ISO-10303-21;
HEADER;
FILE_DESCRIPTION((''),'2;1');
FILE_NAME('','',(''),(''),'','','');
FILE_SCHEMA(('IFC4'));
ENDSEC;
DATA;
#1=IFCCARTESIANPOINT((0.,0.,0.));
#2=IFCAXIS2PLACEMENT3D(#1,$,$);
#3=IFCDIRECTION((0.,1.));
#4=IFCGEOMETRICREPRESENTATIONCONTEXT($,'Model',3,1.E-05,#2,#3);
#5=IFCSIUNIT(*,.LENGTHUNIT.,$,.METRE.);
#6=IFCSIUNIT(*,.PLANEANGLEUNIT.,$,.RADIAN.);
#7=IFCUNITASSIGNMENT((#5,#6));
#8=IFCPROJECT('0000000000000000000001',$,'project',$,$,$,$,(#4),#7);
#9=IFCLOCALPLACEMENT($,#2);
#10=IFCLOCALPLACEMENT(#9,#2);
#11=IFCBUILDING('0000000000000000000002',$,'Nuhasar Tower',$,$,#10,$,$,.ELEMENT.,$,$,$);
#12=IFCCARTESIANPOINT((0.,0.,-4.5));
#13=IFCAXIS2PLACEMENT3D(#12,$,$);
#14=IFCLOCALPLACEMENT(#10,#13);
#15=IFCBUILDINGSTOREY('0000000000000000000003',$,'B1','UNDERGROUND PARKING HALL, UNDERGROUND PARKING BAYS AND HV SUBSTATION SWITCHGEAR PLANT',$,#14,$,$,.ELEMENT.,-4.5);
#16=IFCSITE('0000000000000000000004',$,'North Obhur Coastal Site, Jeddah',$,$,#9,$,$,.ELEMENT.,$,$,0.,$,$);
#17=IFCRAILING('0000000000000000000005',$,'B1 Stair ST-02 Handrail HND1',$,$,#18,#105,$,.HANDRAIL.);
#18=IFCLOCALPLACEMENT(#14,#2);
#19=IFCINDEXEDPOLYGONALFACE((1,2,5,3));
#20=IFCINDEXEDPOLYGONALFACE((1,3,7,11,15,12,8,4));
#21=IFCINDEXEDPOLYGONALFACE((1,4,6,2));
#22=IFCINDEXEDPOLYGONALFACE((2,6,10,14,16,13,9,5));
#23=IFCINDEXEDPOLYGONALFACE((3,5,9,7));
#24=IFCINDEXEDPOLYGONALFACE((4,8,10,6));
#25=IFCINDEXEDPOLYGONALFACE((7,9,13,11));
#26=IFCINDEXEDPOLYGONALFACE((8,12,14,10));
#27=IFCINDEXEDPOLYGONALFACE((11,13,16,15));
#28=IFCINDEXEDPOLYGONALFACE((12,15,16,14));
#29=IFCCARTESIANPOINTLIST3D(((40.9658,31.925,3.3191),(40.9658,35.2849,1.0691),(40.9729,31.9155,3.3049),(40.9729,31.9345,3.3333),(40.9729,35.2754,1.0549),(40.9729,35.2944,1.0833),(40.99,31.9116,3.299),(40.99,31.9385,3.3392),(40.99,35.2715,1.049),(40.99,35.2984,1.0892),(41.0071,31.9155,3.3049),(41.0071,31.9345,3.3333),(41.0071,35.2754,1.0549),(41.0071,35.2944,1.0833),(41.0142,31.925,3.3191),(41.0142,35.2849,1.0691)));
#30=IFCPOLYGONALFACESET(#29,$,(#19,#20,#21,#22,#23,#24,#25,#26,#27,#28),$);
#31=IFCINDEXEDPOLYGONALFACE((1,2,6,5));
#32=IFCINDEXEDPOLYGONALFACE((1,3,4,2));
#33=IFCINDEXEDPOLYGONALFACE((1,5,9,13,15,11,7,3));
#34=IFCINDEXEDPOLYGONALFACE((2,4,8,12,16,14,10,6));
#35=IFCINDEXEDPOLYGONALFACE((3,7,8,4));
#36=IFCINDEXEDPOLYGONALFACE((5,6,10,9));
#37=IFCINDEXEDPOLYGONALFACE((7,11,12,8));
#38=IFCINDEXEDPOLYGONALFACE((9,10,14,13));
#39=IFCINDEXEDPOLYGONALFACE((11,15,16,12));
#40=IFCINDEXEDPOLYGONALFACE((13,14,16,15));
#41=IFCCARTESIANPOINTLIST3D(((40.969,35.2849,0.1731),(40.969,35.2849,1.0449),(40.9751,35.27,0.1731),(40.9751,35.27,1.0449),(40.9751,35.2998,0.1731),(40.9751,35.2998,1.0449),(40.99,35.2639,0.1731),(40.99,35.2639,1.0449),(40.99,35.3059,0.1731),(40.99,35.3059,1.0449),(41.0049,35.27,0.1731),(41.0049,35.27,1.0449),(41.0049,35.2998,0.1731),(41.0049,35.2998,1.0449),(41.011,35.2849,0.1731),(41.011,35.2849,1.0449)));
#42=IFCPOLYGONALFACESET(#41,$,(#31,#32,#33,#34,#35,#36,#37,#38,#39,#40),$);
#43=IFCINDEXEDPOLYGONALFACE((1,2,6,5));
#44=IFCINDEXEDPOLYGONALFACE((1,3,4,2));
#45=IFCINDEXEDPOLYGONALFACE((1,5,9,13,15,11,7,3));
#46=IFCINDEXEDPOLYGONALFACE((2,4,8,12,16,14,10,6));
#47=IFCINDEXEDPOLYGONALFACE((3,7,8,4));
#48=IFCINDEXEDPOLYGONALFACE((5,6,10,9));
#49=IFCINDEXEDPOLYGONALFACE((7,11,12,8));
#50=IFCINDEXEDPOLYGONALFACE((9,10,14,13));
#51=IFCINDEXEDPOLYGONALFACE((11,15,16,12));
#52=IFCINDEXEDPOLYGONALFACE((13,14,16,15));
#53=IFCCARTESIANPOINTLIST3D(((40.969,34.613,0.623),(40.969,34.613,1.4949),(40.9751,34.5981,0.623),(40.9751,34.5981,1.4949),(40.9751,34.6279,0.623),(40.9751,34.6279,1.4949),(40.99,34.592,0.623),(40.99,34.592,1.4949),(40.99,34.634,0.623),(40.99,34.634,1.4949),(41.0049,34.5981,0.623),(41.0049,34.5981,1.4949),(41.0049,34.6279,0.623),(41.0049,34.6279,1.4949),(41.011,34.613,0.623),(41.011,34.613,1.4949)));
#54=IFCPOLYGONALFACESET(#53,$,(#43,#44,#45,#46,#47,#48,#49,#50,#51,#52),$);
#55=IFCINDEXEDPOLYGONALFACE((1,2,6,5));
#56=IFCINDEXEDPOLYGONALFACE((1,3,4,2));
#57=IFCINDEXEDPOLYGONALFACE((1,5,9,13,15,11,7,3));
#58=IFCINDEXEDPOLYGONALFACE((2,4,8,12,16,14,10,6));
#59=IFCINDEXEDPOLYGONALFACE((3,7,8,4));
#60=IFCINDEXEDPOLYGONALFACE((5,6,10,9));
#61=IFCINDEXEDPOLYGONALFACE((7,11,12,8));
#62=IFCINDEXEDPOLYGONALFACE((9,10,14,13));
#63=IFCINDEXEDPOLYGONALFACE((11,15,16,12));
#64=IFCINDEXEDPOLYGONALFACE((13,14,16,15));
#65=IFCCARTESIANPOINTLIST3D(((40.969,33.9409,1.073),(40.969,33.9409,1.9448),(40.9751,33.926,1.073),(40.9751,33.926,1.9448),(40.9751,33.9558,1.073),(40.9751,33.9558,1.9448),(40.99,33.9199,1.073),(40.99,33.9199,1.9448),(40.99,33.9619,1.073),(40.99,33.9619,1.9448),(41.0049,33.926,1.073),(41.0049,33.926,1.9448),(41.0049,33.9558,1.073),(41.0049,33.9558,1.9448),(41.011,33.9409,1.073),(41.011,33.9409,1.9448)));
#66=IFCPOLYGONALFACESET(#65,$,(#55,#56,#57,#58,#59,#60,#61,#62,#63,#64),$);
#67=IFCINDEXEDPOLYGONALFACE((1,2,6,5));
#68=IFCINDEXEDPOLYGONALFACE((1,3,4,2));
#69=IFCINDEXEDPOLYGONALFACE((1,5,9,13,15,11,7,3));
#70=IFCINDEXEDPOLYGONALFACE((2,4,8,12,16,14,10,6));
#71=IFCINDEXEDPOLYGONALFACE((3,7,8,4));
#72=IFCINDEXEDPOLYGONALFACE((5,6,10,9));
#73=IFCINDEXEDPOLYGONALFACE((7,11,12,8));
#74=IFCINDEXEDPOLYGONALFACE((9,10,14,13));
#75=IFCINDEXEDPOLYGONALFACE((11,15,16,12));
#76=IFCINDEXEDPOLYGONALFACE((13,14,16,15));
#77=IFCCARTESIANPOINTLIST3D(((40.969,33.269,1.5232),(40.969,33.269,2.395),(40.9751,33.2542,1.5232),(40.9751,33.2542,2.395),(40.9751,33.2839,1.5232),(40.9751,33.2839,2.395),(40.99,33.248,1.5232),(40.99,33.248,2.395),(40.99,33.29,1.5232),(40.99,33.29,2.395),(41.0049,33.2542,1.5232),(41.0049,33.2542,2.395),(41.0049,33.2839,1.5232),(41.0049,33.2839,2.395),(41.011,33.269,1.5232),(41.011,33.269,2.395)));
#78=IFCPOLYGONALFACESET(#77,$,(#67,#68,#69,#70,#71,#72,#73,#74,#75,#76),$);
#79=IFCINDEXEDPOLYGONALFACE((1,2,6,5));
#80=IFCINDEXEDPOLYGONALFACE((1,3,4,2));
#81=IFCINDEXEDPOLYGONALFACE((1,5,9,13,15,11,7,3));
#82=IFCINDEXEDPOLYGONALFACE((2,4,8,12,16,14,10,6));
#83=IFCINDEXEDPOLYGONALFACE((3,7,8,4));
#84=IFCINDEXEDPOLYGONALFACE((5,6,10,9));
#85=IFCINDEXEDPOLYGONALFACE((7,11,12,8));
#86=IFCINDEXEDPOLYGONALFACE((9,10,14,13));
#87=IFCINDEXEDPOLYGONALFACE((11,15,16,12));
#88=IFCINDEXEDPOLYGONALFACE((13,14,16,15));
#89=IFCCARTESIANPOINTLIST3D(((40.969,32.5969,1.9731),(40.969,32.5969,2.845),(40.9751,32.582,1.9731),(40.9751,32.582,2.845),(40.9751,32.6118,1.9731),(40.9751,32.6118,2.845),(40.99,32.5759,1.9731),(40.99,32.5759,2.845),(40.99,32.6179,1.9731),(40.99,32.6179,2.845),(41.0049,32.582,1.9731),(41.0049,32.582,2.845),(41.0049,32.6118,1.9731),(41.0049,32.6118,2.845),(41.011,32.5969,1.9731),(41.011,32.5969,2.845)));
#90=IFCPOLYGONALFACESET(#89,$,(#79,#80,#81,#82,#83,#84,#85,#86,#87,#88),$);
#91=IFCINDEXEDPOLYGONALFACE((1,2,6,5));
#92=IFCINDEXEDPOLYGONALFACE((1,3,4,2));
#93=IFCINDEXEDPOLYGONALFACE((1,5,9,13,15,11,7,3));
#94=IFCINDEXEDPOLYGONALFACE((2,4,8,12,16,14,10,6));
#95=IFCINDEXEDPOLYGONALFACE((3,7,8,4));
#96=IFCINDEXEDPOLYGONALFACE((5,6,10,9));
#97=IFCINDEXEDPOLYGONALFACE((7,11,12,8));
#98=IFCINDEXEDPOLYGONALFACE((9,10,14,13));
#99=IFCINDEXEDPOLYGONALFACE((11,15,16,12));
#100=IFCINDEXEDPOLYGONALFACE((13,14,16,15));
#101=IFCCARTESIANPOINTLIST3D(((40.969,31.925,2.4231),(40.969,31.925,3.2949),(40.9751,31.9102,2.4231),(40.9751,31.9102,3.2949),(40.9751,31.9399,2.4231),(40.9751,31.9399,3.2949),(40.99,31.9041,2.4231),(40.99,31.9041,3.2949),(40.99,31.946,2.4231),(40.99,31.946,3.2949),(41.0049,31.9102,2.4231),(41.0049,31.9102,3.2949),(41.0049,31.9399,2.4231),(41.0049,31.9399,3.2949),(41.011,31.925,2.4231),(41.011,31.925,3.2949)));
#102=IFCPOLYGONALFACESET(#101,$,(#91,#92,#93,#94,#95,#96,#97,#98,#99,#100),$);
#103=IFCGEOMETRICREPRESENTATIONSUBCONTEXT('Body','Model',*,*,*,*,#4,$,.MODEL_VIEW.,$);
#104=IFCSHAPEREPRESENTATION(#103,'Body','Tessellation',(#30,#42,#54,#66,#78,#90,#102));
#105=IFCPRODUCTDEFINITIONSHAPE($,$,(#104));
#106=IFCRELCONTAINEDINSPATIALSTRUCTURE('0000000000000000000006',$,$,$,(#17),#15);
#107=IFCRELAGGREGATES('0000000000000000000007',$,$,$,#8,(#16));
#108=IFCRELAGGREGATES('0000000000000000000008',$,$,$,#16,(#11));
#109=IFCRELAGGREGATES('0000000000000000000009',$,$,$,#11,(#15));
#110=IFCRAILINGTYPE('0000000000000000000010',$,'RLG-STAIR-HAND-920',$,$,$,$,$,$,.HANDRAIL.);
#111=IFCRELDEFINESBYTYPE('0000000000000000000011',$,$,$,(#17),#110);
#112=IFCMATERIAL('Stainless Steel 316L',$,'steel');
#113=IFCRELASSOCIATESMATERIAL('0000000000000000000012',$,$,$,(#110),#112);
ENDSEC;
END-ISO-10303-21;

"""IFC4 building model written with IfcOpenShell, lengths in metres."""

from ifc_helpers import new_model, si_unit, direction, frame, origin, place, context, subcontext, project, spatial, polyline, outline, extrude, material, type_object, element, save


model = new_model("IFC4")

# Units and contexts
model_context = context("Model", 3, precision=1e-05, world=origin(), true_north=direction((0.0, 1.0)))
body_context = subcontext(model_context, "Body", "Model", "MODEL_VIEW")
ifc_project = project(units=[si_unit("LENGTHUNIT", "METRE"), si_unit("PLANEANGLEUNIT", "RADIAN")], contexts=[model_context])

# Site, building, storey
site_placement = place(None, origin())
site = spatial("IfcSite", under=ifc_project, at=site_placement, Name="North Obhur Coastal Site, Jeddah", CompositionType="ELEMENT", RefElevation=0.0)
building_placement = place(site_placement, origin())
building = spatial("IfcBuilding", under=site, at=building_placement, Name="Nuhasar Tower", CompositionType="ELEMENT")
storey_placement = place(building_placement, frame((0.0, 0.0, -4.5)))
storey = spatial("IfcBuildingStorey", under=building, at=storey_placement, Name="B1", Description="UNDERGROUND PARKING HALL, UNDERGROUND PARKING BAYS AND HV SUBSTATION SWITCHGEAR PLANT", CompositionType="ELEMENT", Elevation=-4.5)

# Railing
ifc_material_1 = material(Name="Stainless Steel 316L", Category="steel")
railing_type_1 = type_object("IfcRailingType", Name="RLG-STAIR-HAND-920", PredefinedType="HANDRAIL", material=ifc_material_1)
railing_1_placement = place(storey_placement, frame((40.99, 35.2849, 0.1731)))
element("IfcRailing", 1, at=railing_1_placement, inside=storey, type_object=railing_type_1, Name="B1 Stair ST-02 Handrail HND1", PredefinedType="HANDRAIL", context=body_context, shape_type="SweptSolid", body=[
    extrude(outline(polyline([(0.0242, 0.0), (0.0171, 0.0171), (0.0, 0.0242), (-0.0171, 0.0171), (-0.0242, 0.0), (-0.0171, -0.0171), (0.0, -0.0242), (0.0171, -0.0171), (0.0242, 0.0)])), frame((0.0, 0.0, 0.896), z_axis=(0.0, -0.830897, 0.556427), x_axis=(1.0, 0.0, 0.0)), (0.0, 0.0, 1.0), 4.0437),
    extrude(outline(polyline([(0.021, 0.0), (0.0149, 0.0149), (0.0, 0.021), (-0.0149, 0.0149), (-0.021, 0.0), (-0.0149, -0.0149), (0.0, -0.021), (0.0149, -0.0149), (0.021, 0.0)])), origin(), (0.0, 0.0, 1.0), 0.8718),
    extrude(outline(polyline([(0.021, 0.0), (0.0149, 0.0149), (0.0, 0.021), (-0.0149, 0.0149), (-0.021, 0.0), (-0.0149, -0.0149), (0.0, -0.021), (0.0149, -0.0149), (0.021, 0.0)])), frame((0.0, -0.6719, 0.45)), (0.0, 0.0, 1.0), 0.8718),
    extrude(outline(polyline([(0.021, 0.0), (0.0149, 0.0149), (0.0, 0.021), (-0.0149, 0.0149), (-0.021, 0.0), (-0.0149, -0.0149), (0.0, -0.021), (0.0149, -0.0149), (0.021, 0.0)])), frame((0.0, -1.344, 0.8999)), (0.0, 0.0, 1.0), 0.8718),
    extrude(outline(polyline([(0.021, 0.0), (0.0149, 0.0149), (0.0, 0.021), (-0.0149, 0.0149), (-0.021, 0.0), (-0.0149, -0.0149), (0.0, -0.021), (0.0149, -0.0149), (0.021, 0.0)])), frame((0.0, -2.0159, 1.3501)), (0.0, 0.0, 1.0), 0.8718),
    extrude(outline(polyline([(0.021, 0.0), (0.0149, 0.0149), (0.0, 0.021), (-0.0149, 0.0149), (-0.021, 0.0), (-0.0149, -0.0149), (0.0, -0.021), (0.0149, -0.0149), (0.021, 0.0)])), frame((0.0, -2.688, 1.8)), (0.0, 0.0, 1.0), 0.8718),
    extrude(outline(polyline([(0.021, 0.0), (0.0149, 0.0149), (0.0, 0.021), (-0.0149, 0.0149), (-0.021, 0.0), (-0.0149, -0.0149), (0.0, -0.021), (0.0149, -0.0149), (0.021, 0.0)])), frame((0.0, -3.3599, 2.25)), (0.0, 0.0, 1.0), 0.8718),
])

save(model, "model.ifc")
